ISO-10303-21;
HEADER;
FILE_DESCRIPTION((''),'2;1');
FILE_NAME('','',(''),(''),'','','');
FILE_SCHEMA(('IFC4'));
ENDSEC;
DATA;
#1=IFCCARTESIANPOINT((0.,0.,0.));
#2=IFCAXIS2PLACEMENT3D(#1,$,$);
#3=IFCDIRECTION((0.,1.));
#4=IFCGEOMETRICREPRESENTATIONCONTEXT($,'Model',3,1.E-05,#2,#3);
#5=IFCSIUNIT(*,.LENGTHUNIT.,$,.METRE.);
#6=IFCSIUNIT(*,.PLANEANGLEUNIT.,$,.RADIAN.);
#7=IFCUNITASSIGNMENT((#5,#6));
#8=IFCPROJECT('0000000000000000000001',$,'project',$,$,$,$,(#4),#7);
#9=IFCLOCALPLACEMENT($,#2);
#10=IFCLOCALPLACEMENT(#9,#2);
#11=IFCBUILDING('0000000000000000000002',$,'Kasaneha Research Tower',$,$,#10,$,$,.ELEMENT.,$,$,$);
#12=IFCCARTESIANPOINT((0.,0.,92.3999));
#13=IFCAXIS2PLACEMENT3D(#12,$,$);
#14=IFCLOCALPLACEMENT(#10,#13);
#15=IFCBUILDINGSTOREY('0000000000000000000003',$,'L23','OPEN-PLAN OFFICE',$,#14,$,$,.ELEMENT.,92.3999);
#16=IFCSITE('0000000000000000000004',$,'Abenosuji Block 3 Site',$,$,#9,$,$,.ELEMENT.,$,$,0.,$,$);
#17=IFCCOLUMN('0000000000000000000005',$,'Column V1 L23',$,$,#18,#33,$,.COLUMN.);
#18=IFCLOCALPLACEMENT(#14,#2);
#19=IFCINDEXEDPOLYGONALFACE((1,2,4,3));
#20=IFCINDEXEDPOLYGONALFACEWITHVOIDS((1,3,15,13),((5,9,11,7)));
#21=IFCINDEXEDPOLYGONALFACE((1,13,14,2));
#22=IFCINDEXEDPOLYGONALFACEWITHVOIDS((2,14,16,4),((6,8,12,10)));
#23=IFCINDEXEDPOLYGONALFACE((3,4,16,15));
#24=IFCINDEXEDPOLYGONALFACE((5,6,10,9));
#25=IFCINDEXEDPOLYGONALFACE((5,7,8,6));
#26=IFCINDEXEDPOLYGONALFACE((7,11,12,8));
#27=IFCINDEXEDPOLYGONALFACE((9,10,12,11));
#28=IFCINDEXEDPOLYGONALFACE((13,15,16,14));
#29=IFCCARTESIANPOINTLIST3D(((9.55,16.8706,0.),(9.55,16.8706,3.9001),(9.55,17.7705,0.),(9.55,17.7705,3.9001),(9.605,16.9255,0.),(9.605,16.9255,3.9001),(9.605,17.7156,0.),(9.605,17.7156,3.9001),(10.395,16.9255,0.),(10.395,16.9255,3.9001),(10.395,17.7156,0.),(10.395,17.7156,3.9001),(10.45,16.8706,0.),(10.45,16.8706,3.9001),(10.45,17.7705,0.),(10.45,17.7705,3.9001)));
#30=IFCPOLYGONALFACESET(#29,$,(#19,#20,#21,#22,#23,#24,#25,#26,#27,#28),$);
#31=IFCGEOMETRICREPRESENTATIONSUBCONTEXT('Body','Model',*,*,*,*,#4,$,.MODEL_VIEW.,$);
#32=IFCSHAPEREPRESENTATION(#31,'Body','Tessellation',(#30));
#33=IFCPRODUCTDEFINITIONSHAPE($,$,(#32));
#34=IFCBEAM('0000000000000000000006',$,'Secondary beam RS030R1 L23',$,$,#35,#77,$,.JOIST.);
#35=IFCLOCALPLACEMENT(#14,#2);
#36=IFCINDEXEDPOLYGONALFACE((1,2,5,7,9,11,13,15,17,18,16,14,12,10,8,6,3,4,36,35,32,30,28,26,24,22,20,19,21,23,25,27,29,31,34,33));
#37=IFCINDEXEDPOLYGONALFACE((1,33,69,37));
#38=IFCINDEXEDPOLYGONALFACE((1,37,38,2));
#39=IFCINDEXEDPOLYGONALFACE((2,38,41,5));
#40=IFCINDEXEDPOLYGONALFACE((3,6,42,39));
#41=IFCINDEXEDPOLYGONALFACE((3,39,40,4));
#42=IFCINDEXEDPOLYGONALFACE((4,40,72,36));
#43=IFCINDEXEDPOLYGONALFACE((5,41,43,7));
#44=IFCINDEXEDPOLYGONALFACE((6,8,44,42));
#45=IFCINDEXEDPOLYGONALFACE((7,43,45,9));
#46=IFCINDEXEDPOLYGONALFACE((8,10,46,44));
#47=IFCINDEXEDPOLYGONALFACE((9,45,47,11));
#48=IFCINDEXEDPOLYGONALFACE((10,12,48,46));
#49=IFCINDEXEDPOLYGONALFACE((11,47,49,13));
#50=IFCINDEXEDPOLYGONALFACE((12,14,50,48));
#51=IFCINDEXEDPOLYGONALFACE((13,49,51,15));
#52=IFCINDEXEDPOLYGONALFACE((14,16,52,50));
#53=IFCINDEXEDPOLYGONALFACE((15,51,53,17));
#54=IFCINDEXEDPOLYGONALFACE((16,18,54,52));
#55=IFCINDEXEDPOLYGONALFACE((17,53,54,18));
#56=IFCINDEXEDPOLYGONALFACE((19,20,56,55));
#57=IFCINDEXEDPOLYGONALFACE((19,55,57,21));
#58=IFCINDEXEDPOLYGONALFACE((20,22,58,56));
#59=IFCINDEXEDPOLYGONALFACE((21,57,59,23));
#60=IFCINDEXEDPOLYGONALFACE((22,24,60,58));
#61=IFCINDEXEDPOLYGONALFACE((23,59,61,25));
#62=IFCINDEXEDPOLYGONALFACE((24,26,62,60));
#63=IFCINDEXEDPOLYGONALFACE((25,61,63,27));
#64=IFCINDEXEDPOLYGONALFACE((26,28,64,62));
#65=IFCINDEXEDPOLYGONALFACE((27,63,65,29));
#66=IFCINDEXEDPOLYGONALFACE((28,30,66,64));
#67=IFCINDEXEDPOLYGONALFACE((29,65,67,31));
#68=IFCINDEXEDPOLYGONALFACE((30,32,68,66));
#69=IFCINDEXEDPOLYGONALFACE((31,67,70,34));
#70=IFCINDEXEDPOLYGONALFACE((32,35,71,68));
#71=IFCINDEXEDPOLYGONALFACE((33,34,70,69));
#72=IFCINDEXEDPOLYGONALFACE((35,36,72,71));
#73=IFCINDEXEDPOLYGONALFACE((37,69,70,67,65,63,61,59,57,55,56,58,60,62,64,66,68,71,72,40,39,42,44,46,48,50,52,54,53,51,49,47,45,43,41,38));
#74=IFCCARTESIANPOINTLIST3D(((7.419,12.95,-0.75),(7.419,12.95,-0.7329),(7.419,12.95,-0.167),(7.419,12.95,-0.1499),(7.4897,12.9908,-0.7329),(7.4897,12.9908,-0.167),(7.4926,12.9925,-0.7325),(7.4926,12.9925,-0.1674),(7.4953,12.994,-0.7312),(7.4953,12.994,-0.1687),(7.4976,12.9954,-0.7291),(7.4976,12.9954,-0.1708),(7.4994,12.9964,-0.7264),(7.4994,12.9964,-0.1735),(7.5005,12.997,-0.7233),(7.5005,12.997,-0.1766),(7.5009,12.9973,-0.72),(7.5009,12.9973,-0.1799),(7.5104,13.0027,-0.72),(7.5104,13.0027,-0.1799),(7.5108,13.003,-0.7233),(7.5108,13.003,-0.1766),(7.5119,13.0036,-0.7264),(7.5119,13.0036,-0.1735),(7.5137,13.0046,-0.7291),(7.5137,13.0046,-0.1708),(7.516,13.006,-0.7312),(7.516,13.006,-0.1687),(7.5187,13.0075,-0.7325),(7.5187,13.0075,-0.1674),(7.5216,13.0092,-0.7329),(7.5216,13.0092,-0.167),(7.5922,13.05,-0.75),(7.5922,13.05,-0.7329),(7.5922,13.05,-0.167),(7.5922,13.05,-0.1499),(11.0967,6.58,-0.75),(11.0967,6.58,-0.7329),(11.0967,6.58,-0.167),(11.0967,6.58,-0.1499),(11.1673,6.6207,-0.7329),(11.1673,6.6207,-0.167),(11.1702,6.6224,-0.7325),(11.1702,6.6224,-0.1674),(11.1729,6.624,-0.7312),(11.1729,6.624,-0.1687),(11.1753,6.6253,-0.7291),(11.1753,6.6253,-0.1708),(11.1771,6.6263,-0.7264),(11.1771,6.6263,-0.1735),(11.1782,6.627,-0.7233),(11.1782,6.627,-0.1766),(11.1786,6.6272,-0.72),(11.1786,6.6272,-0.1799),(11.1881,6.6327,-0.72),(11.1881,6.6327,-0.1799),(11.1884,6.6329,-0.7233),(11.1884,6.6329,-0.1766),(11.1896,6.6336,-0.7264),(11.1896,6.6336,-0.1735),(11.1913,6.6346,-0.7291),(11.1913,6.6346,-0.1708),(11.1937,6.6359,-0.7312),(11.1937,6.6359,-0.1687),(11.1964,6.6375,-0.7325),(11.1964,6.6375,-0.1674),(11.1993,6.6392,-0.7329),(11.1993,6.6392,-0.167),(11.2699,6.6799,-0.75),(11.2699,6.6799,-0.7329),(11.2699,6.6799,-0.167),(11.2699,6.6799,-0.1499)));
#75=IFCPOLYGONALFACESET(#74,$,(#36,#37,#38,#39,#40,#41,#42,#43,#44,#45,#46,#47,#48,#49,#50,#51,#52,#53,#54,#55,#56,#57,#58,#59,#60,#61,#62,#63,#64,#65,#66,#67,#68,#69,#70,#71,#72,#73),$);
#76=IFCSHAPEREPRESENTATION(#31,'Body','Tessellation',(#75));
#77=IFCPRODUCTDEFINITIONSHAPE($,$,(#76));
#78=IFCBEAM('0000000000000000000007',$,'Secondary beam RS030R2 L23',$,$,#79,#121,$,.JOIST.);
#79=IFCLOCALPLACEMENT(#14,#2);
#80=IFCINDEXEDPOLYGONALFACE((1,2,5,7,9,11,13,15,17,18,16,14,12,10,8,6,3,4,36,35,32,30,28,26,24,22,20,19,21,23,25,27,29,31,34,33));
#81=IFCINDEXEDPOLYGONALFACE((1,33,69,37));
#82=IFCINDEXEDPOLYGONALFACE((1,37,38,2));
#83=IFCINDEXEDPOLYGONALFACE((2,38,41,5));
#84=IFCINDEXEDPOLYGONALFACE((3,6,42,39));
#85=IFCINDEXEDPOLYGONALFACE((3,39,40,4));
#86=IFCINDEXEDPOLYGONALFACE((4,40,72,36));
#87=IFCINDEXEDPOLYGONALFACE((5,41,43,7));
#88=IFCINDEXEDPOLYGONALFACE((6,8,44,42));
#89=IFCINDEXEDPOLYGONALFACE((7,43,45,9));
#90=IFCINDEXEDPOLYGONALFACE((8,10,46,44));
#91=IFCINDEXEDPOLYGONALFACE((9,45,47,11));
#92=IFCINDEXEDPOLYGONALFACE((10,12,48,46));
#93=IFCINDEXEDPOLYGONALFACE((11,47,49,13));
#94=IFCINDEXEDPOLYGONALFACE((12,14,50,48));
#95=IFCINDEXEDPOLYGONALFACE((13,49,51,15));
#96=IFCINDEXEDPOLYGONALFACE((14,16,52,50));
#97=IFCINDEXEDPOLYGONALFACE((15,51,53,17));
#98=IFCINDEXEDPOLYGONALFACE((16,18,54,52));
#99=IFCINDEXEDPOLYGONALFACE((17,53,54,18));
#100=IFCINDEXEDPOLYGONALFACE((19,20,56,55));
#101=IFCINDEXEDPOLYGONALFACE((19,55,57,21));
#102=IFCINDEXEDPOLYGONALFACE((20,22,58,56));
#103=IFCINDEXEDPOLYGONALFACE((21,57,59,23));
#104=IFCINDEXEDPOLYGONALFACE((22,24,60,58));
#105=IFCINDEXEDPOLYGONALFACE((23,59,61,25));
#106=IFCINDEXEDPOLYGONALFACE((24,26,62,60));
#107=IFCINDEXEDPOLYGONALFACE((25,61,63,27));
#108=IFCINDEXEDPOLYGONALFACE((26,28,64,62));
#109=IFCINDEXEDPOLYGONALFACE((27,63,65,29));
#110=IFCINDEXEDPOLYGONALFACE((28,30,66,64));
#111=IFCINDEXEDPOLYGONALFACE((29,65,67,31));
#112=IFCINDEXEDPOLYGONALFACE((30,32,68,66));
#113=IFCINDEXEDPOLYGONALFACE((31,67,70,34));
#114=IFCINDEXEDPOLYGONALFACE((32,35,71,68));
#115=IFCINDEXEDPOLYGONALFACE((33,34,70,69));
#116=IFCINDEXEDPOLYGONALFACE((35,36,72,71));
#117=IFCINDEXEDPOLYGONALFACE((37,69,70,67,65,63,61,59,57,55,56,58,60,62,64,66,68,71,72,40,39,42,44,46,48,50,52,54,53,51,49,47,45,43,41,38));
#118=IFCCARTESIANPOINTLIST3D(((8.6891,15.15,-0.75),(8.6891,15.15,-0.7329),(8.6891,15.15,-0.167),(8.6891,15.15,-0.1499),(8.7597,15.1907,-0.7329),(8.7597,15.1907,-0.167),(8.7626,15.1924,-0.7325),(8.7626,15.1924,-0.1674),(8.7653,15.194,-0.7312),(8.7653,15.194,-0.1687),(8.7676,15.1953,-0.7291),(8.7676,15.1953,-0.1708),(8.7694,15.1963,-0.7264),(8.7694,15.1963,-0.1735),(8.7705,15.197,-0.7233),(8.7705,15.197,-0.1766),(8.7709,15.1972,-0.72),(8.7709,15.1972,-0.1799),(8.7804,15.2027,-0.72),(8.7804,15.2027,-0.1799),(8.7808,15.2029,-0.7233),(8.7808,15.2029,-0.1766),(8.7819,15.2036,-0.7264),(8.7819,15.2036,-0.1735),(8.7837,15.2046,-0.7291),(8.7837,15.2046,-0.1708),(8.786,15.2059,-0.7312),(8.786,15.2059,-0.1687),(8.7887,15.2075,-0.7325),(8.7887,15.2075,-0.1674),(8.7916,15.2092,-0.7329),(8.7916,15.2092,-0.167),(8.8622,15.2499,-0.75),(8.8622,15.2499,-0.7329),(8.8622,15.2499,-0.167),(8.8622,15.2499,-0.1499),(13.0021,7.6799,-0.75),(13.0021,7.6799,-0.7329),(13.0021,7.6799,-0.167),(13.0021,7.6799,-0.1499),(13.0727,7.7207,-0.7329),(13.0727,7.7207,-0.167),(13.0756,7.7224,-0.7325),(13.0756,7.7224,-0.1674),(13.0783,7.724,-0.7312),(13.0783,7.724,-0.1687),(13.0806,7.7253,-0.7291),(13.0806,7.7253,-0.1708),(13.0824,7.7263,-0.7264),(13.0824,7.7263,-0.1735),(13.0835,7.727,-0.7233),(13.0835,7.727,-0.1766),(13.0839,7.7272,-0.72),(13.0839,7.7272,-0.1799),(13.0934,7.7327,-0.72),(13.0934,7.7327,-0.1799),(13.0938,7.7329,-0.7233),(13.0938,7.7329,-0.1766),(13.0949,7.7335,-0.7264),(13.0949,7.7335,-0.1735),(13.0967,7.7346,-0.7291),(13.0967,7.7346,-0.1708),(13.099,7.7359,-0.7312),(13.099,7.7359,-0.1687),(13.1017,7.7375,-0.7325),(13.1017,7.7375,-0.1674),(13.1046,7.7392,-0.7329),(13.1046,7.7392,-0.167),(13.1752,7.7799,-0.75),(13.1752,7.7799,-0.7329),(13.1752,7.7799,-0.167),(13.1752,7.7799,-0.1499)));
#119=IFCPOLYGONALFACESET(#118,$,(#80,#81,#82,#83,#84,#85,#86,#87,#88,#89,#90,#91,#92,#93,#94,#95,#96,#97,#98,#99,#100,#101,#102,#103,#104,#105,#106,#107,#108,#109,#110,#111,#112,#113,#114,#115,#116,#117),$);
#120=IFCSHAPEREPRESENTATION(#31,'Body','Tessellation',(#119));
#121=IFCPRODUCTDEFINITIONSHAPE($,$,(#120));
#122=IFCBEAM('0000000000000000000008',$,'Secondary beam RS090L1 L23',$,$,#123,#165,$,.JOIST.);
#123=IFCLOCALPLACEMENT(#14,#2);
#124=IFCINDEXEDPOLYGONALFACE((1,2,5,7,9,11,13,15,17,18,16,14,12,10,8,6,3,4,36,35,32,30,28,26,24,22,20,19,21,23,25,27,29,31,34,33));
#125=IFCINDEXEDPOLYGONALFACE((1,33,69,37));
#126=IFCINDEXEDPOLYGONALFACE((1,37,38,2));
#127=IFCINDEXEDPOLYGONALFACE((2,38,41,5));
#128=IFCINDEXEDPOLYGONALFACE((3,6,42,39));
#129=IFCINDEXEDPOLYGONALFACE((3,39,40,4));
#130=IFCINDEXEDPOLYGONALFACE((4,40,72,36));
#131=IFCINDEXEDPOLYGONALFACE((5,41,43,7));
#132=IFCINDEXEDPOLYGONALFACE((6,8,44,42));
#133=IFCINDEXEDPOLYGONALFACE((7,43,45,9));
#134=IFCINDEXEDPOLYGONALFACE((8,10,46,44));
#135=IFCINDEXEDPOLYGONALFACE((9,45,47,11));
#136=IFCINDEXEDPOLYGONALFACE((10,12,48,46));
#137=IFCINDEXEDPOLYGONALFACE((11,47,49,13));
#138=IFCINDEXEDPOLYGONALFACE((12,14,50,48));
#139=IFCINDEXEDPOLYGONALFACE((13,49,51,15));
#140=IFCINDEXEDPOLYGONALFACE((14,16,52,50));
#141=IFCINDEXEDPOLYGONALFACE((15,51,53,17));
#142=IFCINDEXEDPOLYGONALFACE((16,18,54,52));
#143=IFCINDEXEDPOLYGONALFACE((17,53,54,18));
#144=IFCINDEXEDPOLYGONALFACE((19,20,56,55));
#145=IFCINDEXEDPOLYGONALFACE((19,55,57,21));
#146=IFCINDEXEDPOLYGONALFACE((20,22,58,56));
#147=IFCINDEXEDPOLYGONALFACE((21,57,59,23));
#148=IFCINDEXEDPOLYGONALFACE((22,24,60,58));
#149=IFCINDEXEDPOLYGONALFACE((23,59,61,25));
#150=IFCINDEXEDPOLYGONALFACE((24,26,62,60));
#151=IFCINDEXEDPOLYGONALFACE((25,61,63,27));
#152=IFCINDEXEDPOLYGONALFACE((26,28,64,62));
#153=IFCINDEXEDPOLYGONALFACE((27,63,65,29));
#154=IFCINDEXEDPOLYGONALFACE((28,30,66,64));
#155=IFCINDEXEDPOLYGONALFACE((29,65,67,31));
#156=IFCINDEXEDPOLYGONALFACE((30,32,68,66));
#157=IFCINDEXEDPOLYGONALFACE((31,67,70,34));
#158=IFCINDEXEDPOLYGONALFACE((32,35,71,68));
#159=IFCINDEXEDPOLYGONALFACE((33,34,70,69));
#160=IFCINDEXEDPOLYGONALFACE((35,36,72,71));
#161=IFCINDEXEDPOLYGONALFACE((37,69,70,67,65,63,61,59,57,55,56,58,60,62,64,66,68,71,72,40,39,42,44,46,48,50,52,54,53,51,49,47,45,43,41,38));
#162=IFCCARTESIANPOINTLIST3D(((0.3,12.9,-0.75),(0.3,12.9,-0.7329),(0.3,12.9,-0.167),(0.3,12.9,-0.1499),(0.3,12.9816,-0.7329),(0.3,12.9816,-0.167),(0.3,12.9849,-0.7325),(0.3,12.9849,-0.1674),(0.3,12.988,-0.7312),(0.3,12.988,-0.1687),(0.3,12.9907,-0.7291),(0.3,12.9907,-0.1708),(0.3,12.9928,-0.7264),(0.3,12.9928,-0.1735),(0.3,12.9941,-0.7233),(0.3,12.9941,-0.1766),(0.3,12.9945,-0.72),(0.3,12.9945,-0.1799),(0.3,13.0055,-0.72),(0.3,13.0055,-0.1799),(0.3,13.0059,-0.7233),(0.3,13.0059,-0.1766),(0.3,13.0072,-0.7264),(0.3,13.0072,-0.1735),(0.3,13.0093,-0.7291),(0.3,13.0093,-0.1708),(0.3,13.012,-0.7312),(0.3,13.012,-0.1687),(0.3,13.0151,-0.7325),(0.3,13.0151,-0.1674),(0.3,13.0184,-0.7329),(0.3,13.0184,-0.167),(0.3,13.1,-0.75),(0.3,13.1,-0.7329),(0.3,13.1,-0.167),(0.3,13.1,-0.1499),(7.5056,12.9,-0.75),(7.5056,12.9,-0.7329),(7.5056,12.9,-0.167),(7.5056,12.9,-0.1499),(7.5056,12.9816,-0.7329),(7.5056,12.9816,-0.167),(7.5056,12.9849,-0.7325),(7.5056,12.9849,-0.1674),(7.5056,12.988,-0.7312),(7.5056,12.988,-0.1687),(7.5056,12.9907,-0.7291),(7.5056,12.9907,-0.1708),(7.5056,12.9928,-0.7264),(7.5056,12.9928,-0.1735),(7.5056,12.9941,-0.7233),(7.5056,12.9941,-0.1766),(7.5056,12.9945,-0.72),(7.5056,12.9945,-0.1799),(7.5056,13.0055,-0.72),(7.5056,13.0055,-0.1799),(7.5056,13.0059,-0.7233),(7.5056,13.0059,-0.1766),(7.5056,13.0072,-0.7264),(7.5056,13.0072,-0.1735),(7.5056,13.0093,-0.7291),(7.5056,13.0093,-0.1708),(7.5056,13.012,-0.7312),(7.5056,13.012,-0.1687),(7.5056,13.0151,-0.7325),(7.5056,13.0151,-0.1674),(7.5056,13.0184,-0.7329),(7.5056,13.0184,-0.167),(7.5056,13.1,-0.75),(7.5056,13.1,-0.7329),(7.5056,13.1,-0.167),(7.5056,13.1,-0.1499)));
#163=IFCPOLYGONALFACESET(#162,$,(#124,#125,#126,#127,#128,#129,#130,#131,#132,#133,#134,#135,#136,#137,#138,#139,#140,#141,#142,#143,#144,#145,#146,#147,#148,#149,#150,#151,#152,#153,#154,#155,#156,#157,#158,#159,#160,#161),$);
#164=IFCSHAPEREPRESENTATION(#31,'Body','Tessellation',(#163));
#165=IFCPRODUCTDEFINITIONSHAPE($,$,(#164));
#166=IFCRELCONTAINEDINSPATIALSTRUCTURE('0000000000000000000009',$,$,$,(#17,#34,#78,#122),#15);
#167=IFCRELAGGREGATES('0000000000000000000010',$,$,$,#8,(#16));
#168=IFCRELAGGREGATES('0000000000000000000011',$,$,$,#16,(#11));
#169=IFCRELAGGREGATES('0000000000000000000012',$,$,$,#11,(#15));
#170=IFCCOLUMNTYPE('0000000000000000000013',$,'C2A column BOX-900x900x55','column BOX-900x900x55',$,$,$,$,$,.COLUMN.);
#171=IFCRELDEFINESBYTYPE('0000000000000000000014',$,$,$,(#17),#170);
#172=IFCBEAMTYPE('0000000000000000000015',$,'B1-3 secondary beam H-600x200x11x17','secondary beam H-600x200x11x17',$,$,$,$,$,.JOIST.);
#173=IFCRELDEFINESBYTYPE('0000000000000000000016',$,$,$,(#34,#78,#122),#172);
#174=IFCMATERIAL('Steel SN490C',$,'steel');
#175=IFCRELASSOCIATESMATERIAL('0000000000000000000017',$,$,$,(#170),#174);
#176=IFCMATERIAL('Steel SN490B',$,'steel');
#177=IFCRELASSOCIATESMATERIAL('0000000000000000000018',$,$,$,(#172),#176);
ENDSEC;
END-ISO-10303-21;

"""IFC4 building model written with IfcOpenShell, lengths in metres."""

from ifc_helpers import new_model, si_unit, direction, frame, origin, origin_2d, place, context, subcontext, project, spatial, hollow_rectangle, i_section, extrude, material, material_profile, profile_set, type_object, element, save


model = new_model("IFC4")

# Units and contexts
model_context = context("Model", 3, precision=1e-05, world=origin(), true_north=direction((0.0, 1.0)))
body_context = subcontext(model_context, "Body", "Model", "MODEL_VIEW")
ifc_project = project(units=[si_unit("LENGTHUNIT", "METRE"), si_unit("PLANEANGLEUNIT", "RADIAN")], contexts=[model_context])

# Site, building, storey
site_placement = place(None, origin())
site = spatial("IfcSite", under=ifc_project, at=site_placement, Name="Abenosuji Block 3 Site", CompositionType="ELEMENT", RefElevation=0.0)
building_placement = place(site_placement, origin())
building = spatial("IfcBuilding", under=site, at=building_placement, Name="Kasaneha Research Tower", CompositionType="ELEMENT")
storey_placement = place(building_placement, frame((0.0, 0.0, 92.3999)))
storey = spatial("IfcBuildingStorey", under=building, at=storey_placement, Name="L23", Description="OPEN-PLAN OFFICE", CompositionType="ELEMENT", Elevation=92.3999)

# Column
ifc_material_1 = material(Name="Steel SN490C", Category="steel")
ifc_material_profile_1 = material_profile(ifc_material_1, hollow_rectangle(XDim=0.8999, YDim=0.8999, WallThickness=0.0549, at=origin_2d()), Name="BOX-900x900x55")
ifc_profile_set_1 = profile_set([ifc_material_profile_1], Name="Steel SN490C")
column_type = type_object("IfcColumnType", Name="C2A column BOX-900x900x55", Description="column BOX-900x900x55", PredefinedType="COLUMN", material=ifc_profile_set_1)
column_placement = place(storey_placement, frame((10.0, 17.3206, 0.0), z_axis=(0.0, 0.0, 1.0), x_axis=(1.0, 0.0, 0.0)))
element("IfcColumn", 1, at=column_placement, inside=storey, type_object=column_type, Name="Column V1 L23", PredefinedType="COLUMN", context=body_context, shape_type="SweptSolid", body=[
    extrude(hollow_rectangle(XDim=0.8999, YDim=0.8999, WallThickness=0.0549, at=origin_2d()), origin(), (0.0, 0.0, 1.0), 3.9001),
])

# Beams
ifc_material_2 = material(Name="Steel SN490B", Category="steel")
ifc_material_profile_2 = material_profile(ifc_material_2, i_section(OverallWidth=0.2, OverallDepth=0.6001, WebThickness=0.011, FlangeThickness=0.0171, FilletRadius=0.0129, at=origin_2d()), Name="H-600x200x11x17")
ifc_profile_set_2 = profile_set([ifc_material_profile_2], Name="Steel SN490B")
beam_type_1 = type_object("IfcBeamType", Name="B1-3 secondary beam H-600x200x11x17", Description="secondary beam H-600x200x11x17", PredefinedType="JOIST", material=ifc_profile_set_2)
beam_1_placement = place(storey_placement, frame((7.5056, 13.0, -0.45), z_axis=(0.499994, -0.866029, 0.0), x_axis=(0.866029, 0.499994, 0.0)))
element("IfcBeam", 2, at=beam_1_placement, inside=storey, type_object=beam_type_1, Name="Secondary beam RS030R1 L23", PredefinedType="JOIST", context=body_context, shape_type="SweptSolid", body=[
    extrude(i_section(OverallWidth=0.2, OverallDepth=0.6001, WebThickness=0.011, FlangeThickness=0.0171, FilletRadius=0.0129, at=origin_2d()), origin(), (0.0, 0.0, 1.0), 7.3555),
])
beam_2_placement = place(storey_placement, frame((8.7756, 15.2, -0.45), z_axis=(0.500017, -0.866015, 0.0), x_axis=(0.866015, 0.500017, 0.0)))
element("IfcBeam", 3, at=beam_2_placement, inside=storey, type_object=beam_type_1, Name="Secondary beam RS030R2 L23", PredefinedType="JOIST", context=body_context, shape_type="SweptSolid", body=[
    extrude(i_section(OverallWidth=0.2, OverallDepth=0.6001, WebThickness=0.011, FlangeThickness=0.0171, FilletRadius=0.0129, at=origin_2d()), origin(), (0.0, 0.0, 1.0), 8.6257),
])
beam_3_placement = place(storey_placement, frame((7.5056, 13.0, -0.45), z_axis=(-1.0, 0.0, 0.0), x_axis=(0.0, -1.0, 0.0)))
element("IfcBeam", 4, at=beam_3_placement, inside=storey, type_object=beam_type_1, Name="Secondary beam RS090L1 L23", PredefinedType="JOIST", context=body_context, shape_type="SweptSolid", body=[
    extrude(i_section(OverallWidth=0.2, OverallDepth=0.6001, WebThickness=0.011, FlangeThickness=0.0171, FilletRadius=0.0129, at=origin_2d()), origin(), (0.0, 0.0, 1.0), 7.2056),
])

save(model, "model.ifc")
